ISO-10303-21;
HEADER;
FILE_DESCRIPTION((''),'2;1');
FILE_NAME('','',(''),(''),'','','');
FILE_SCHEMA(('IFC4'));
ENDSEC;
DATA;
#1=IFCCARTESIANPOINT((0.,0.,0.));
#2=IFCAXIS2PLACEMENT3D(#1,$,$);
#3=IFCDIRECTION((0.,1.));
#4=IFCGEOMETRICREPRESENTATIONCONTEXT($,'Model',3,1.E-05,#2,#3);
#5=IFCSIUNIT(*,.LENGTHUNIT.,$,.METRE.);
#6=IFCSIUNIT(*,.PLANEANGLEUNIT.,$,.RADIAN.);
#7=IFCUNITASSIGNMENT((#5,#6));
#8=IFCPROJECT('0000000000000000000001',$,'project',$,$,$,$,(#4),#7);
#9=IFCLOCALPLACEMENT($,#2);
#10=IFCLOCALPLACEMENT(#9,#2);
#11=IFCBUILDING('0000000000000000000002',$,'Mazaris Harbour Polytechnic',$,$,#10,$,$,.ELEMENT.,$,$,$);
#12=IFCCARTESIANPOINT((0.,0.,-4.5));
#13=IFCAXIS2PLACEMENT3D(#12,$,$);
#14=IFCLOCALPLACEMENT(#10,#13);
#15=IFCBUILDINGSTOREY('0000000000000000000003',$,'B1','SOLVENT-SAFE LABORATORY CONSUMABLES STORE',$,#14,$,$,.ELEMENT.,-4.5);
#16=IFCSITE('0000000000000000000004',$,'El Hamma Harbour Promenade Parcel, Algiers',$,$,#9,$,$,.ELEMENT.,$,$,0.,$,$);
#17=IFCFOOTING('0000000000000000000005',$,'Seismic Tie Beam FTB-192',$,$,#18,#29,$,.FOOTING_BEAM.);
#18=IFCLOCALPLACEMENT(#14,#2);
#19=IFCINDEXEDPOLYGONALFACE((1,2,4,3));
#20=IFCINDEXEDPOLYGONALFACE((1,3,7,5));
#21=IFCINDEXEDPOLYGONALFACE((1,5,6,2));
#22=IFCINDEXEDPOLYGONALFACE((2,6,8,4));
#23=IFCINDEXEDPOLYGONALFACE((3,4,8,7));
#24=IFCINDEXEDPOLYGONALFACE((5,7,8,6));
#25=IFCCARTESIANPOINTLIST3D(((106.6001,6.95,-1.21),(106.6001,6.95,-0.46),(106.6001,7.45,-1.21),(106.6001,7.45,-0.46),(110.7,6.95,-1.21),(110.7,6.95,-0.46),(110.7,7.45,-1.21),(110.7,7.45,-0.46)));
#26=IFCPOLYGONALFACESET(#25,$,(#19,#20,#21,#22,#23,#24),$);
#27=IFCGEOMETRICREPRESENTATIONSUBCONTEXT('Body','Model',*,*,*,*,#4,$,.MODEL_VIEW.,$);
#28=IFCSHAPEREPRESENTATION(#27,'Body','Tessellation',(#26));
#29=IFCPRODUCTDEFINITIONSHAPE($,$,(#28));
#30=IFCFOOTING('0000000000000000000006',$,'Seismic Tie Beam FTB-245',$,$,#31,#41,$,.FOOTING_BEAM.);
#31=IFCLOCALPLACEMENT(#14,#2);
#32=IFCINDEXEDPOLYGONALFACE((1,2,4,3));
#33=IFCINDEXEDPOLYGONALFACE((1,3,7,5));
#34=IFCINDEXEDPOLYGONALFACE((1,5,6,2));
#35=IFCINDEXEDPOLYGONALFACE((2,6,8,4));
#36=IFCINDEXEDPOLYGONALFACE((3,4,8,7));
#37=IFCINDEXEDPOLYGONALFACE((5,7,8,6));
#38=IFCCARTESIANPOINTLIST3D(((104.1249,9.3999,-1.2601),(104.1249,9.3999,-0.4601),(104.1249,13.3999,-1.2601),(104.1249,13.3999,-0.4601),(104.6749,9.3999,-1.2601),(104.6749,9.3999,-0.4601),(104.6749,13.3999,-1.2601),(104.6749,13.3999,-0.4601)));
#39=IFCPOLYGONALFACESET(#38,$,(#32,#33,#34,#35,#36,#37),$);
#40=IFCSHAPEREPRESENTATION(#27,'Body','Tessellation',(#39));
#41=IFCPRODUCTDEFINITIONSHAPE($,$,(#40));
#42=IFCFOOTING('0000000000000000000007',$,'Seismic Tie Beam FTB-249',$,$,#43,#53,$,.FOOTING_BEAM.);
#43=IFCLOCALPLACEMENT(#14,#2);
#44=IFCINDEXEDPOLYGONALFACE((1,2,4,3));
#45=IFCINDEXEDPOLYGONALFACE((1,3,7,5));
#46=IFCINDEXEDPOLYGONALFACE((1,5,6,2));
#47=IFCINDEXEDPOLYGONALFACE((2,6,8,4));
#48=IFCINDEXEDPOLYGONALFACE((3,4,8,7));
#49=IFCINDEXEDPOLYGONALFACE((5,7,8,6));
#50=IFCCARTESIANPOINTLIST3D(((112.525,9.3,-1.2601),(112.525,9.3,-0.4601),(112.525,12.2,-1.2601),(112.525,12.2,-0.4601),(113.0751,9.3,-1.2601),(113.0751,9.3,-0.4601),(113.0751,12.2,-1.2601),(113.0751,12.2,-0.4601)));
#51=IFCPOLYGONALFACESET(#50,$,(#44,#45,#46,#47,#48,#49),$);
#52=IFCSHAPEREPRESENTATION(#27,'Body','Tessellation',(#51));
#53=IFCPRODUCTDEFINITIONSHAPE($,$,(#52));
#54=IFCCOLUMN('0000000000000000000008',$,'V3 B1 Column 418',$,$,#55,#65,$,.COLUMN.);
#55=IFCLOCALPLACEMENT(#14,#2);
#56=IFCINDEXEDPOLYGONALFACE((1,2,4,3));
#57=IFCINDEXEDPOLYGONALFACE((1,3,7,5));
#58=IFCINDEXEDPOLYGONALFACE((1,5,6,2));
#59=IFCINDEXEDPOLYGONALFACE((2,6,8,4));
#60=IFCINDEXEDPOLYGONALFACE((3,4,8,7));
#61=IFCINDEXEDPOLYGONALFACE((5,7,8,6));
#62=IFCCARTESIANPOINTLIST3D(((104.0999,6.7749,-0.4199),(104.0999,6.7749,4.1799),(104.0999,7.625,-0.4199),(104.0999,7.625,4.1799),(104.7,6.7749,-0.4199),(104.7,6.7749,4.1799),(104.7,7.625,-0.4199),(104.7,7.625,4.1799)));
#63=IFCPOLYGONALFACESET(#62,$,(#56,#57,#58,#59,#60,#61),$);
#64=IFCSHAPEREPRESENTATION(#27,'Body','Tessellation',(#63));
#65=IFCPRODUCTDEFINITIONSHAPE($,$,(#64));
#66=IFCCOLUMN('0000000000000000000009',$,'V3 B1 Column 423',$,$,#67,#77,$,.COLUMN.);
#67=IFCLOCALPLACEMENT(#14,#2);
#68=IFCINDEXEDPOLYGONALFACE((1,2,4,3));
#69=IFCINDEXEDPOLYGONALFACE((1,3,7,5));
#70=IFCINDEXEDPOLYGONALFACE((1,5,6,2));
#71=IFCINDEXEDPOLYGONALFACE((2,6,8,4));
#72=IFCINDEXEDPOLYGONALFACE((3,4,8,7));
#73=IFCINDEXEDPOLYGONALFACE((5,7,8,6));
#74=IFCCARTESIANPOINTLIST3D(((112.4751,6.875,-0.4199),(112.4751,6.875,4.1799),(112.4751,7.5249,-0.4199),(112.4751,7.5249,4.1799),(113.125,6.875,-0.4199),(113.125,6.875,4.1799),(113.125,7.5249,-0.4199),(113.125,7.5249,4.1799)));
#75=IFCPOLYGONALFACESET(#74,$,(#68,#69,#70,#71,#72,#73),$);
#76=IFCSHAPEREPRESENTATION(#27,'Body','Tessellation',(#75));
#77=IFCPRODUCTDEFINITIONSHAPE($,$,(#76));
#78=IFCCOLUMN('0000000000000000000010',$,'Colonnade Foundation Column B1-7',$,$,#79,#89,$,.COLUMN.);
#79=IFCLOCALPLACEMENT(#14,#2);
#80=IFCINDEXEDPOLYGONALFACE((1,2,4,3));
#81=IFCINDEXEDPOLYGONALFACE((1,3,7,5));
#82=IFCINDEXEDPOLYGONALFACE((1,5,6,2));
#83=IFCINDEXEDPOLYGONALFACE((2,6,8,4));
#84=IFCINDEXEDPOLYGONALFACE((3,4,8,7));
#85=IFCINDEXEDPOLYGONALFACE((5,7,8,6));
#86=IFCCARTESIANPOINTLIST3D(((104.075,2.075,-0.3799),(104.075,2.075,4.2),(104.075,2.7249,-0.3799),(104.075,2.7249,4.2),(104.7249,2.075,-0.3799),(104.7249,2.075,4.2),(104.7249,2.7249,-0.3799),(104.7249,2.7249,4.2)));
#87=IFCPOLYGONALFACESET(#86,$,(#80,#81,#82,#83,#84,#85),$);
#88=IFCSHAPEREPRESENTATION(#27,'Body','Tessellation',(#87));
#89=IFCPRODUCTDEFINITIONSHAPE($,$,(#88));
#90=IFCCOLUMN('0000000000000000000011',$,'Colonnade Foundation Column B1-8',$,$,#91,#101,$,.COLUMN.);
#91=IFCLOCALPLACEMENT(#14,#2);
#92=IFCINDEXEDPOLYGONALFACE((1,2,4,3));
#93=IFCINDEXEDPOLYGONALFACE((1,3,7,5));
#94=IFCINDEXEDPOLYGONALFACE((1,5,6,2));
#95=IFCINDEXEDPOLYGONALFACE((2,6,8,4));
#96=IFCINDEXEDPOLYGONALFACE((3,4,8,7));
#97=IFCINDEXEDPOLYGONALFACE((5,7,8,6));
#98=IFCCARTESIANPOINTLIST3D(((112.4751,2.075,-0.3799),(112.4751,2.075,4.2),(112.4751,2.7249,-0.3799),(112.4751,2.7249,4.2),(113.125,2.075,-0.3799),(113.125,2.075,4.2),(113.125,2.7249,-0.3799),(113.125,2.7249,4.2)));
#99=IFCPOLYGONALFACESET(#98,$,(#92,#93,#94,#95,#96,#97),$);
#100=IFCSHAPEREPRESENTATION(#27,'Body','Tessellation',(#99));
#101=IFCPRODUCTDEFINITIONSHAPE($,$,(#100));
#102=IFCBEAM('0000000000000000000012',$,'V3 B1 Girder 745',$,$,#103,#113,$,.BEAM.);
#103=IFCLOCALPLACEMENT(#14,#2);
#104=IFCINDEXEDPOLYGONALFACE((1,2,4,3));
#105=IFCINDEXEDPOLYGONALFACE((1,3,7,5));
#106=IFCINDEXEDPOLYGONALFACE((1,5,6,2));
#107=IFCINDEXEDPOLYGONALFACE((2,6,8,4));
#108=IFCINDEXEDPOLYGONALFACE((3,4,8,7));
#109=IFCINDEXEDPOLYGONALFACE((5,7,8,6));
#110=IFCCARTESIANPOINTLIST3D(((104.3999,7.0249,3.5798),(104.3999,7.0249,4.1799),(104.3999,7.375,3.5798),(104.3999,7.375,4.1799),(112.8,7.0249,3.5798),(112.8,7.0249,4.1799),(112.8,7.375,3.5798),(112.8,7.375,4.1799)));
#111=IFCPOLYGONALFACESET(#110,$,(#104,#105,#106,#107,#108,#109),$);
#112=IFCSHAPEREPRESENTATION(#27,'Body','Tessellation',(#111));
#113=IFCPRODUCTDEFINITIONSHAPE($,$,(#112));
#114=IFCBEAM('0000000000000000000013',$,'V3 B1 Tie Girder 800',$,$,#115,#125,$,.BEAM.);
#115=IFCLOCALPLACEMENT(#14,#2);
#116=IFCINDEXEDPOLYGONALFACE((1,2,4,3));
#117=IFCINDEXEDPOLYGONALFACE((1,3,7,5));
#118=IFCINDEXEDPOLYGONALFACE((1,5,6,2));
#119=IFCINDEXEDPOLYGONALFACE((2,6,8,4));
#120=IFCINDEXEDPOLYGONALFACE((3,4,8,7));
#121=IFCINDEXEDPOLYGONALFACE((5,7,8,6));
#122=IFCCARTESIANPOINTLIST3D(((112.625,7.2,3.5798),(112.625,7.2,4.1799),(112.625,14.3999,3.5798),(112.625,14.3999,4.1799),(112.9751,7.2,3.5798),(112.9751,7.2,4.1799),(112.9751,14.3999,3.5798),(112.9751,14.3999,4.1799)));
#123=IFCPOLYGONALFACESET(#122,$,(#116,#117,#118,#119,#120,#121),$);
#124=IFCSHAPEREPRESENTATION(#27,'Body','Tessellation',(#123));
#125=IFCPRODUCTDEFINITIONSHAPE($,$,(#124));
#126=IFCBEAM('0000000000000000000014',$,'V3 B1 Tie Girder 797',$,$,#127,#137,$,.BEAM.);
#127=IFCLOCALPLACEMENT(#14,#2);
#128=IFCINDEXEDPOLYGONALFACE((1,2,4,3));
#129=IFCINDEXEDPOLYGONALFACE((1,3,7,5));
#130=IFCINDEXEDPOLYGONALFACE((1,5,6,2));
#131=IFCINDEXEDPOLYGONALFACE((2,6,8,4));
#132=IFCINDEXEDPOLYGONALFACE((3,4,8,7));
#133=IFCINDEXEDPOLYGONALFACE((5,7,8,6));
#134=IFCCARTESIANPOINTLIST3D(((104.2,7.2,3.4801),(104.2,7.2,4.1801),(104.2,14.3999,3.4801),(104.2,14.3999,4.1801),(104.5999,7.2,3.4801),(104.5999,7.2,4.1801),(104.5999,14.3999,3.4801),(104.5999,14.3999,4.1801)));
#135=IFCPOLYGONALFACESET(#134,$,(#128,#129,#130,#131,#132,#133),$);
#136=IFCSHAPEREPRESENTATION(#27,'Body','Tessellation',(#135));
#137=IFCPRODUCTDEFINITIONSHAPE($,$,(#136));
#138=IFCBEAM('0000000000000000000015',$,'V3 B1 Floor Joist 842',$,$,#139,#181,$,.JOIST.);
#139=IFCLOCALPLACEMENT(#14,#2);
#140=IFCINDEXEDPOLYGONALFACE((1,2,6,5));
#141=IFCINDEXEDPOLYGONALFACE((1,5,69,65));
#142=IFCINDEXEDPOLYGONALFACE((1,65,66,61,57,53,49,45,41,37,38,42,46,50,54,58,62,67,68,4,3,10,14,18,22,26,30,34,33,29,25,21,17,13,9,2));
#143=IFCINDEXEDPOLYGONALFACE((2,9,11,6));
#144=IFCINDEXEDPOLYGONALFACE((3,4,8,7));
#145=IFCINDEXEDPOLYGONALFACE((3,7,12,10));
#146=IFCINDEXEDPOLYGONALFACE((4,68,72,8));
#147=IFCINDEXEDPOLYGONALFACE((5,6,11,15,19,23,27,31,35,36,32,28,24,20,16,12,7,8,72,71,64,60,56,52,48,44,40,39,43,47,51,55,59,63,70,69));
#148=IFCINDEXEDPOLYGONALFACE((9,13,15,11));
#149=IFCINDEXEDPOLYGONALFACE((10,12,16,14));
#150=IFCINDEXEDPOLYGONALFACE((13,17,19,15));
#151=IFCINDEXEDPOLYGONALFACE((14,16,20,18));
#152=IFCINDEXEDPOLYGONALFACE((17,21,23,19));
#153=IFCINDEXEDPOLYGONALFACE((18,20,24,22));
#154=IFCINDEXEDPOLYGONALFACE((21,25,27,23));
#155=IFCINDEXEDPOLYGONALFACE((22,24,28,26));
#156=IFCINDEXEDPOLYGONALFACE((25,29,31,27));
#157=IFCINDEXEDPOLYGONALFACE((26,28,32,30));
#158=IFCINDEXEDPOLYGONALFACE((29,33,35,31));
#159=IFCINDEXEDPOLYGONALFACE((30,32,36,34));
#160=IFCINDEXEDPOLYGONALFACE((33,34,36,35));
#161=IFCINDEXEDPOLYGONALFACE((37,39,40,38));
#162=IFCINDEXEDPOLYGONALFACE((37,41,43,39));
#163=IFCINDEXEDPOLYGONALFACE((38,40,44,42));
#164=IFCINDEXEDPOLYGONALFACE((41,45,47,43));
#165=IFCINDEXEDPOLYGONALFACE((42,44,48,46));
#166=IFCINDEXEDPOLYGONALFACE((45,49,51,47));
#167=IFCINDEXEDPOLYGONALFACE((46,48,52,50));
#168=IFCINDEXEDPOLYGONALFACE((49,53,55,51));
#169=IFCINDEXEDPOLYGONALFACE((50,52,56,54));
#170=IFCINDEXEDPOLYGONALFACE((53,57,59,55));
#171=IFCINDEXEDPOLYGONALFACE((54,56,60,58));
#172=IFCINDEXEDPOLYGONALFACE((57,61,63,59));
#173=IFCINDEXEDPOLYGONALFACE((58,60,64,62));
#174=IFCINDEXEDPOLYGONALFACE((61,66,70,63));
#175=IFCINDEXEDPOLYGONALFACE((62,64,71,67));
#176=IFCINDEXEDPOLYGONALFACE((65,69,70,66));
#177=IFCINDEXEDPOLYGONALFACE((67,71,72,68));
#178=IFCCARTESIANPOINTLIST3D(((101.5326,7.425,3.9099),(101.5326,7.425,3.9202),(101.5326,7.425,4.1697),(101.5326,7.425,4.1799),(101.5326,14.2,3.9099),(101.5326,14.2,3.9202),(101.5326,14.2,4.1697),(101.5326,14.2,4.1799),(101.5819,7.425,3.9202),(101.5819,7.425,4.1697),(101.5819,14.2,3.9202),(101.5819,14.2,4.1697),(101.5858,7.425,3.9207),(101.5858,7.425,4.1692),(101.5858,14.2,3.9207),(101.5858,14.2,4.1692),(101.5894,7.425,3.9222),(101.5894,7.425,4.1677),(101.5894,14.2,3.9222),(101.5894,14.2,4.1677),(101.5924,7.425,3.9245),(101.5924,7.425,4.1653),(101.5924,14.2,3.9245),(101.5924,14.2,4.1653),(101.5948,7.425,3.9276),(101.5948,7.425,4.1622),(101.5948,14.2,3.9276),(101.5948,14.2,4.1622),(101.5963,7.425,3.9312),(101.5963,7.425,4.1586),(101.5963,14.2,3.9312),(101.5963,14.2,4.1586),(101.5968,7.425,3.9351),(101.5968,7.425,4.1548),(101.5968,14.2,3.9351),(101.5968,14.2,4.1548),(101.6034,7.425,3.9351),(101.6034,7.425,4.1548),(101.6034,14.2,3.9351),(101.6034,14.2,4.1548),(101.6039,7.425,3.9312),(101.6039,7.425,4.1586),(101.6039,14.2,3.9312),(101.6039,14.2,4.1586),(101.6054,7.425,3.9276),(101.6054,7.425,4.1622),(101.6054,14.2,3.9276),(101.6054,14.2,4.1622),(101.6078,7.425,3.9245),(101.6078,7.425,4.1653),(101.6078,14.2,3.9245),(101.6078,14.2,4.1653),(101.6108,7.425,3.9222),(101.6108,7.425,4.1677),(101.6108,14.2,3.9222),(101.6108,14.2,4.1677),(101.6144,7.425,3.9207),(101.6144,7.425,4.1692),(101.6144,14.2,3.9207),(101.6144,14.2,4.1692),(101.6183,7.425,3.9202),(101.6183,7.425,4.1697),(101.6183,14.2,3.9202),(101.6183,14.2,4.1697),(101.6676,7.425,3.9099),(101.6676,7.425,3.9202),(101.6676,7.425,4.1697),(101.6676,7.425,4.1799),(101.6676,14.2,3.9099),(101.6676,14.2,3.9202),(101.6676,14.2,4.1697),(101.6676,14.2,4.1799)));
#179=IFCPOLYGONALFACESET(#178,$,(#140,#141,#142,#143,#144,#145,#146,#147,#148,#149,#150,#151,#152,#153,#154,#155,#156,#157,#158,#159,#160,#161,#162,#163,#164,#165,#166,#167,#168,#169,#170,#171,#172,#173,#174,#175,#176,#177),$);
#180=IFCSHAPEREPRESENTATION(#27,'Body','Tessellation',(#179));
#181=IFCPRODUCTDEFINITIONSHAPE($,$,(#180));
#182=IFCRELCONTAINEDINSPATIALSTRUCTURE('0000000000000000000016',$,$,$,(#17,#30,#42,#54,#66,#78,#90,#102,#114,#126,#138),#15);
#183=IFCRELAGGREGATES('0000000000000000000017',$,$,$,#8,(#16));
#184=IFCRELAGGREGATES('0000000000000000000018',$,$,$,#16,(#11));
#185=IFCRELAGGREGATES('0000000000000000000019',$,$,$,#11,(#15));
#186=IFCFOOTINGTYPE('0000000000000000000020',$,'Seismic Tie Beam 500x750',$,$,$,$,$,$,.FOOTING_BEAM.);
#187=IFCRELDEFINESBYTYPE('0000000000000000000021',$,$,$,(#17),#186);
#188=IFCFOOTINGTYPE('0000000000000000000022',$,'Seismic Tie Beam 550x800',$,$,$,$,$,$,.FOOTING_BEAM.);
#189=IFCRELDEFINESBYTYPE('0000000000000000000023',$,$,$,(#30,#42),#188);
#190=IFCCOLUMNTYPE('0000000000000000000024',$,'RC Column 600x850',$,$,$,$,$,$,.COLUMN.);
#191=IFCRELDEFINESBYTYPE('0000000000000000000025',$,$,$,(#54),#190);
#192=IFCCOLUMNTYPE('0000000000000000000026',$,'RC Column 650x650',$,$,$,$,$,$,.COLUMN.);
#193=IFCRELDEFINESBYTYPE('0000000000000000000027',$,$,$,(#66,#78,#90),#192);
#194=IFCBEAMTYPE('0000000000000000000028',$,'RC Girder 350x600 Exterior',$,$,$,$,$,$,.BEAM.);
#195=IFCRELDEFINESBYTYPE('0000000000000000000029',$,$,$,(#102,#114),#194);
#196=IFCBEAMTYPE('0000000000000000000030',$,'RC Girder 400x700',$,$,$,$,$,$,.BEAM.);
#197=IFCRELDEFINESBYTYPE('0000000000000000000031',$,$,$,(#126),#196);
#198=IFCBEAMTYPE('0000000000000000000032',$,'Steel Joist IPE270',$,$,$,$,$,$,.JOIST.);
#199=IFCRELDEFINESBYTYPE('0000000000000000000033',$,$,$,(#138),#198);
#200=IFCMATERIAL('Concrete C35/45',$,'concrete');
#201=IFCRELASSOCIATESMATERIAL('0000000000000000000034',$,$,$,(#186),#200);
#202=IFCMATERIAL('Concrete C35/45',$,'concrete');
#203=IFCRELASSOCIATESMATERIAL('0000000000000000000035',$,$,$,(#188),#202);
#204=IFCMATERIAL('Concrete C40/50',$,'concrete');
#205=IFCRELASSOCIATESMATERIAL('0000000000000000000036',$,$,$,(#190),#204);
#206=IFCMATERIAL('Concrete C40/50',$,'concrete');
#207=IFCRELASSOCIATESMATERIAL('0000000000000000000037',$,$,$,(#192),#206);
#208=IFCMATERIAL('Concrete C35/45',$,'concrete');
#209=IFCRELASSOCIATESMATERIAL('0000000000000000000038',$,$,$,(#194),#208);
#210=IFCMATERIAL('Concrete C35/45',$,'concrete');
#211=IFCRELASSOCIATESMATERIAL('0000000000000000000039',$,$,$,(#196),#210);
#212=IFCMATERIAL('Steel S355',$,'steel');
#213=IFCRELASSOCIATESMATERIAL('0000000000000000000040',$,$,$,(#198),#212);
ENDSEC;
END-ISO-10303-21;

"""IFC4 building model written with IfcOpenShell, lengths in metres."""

from ifc_helpers import new_model, si_unit, direction, frame, origin, origin_2d, place, context, subcontext, project, spatial, rectangle, i_section, extrude, material, material_profile, profile_set, type_object, element, save


model = new_model("IFC4")

# Units and contexts
model_context = context("Model", 3, precision=1e-05, world=origin(), true_north=direction((0.0, 1.0)))
body_context = subcontext(model_context, "Body", "Model", "MODEL_VIEW")
ifc_project = project(units=[si_unit("LENGTHUNIT", "METRE"), si_unit("PLANEANGLEUNIT", "RADIAN")], contexts=[model_context])

# Site, building, storey
site_placement = place(None, origin())
site = spatial("IfcSite", under=ifc_project, at=site_placement, Name="El Hamma Harbour Promenade Parcel, Algiers", CompositionType="ELEMENT", RefElevation=0.0)
building_placement = place(site_placement, origin())
building = spatial("IfcBuilding", under=site, at=building_placement, Name="Mazaris Harbour Polytechnic", CompositionType="ELEMENT")
storey_placement = place(building_placement, frame((0.0, 0.0, -4.5)))
storey = spatial("IfcBuildingStorey", under=building, at=storey_placement, Name="B1", Description="SOLVENT-SAFE LABORATORY CONSUMABLES STORE", CompositionType="ELEMENT", Elevation=-4.5)

# Footings
ifc_material_1 = material(Name="Concrete C35/45", Category="concrete")
ifc_material_profile_1 = material_profile(ifc_material_1, rectangle(XDim=0.5, YDim=0.75, at=origin_2d()), Name="RECT500x750")
ifc_profile_set_1 = profile_set([ifc_material_profile_1], Name="Concrete C35/45")
footing_type_1 = type_object("IfcFootingType", Name="Seismic Tie Beam 500x750", PredefinedType="FOOTING_BEAM", material=ifc_profile_set_1)
footing_1_placement = place(storey_placement, frame((106.6001, 7.2, -0.835), z_axis=(1.0, 0.0, 0.0), x_axis=(0.0, 1.0, 0.0)))
element("IfcFooting", 1, at=footing_1_placement, inside=storey, type_object=footing_type_1, Name="Seismic Tie Beam FTB-192", PredefinedType="FOOTING_BEAM", context=body_context, shape_type="SweptSolid", body=[
    extrude(rectangle(XDim=0.5, YDim=0.75, at=origin_2d()), origin(), (0.0, 0.0, 1.0), 4.0999),
])
ifc_material_2 = material(Name="Concrete C35/45", Category="concrete")
ifc_material_profile_2 = material_profile(ifc_material_2, rectangle(XDim=0.55, YDim=0.8, at=origin_2d()), Name="RECT550x800")
ifc_profile_set_2 = profile_set([ifc_material_profile_2], Name="Concrete C35/45")
footing_type_2 = type_object("IfcFootingType", Name="Seismic Tie Beam 550x800", PredefinedType="FOOTING_BEAM", material=ifc_profile_set_2)
footing_2_placement = place(storey_placement, frame((104.3999, 9.3999, -0.8601), z_axis=(0.0, 1.0, 0.0), x_axis=(-1.0, 0.0, 0.0)))
element("IfcFooting", 2, at=footing_2_placement, inside=storey, type_object=footing_type_2, Name="Seismic Tie Beam FTB-245", PredefinedType="FOOTING_BEAM", context=body_context, shape_type="SweptSolid", body=[
    extrude(rectangle(XDim=0.55, YDim=0.8, at=origin_2d()), origin(), (0.0, 0.0, 1.0), 4.0),
])
footing_3_placement = place(storey_placement, frame((112.8, 9.3, -0.8601), z_axis=(0.0, 1.0, 0.0), x_axis=(-1.0, 0.0, 0.0)))
element("IfcFooting", 3, at=footing_3_placement, inside=storey, type_object=footing_type_2, Name="Seismic Tie Beam FTB-249", PredefinedType="FOOTING_BEAM", context=body_context, shape_type="SweptSolid", body=[
    extrude(rectangle(XDim=0.55, YDim=0.8, at=origin_2d()), origin(), (0.0, 0.0, 1.0), 2.8999),
])

# Columns
ifc_material_3 = material(Name="Concrete C40/50", Category="concrete")
ifc_material_profile_3 = material_profile(ifc_material_3, rectangle(XDim=0.6001, YDim=0.8501, at=origin_2d()), Name="RECT600x850")
ifc_profile_set_3 = profile_set([ifc_material_profile_3], Name="Concrete C40/50")
column_type_1 = type_object("IfcColumnType", Name="RC Column 600x850", PredefinedType="COLUMN", material=ifc_profile_set_3)
column_1_placement = place(storey_placement, frame((104.3999, 7.2, -0.4199), z_axis=(0.0, 0.0, 1.0), x_axis=(1.0, 0.0, 0.0)))
element("IfcColumn", 4, at=column_1_placement, inside=storey, type_object=column_type_1, Name="V3 B1 Column 418", PredefinedType="COLUMN", context=body_context, shape_type="SweptSolid", body=[
    extrude(rectangle(XDim=0.6001, YDim=0.8501, at=origin_2d()), origin(), (0.0, 0.0, 1.0), 4.5999),
])
ifc_material_4 = material(Name="Concrete C40/50", Category="concrete")
ifc_material_profile_4 = material_profile(ifc_material_4, rectangle(XDim=0.6499, YDim=0.6499, at=origin_2d()), Name="RECT650x650")
ifc_profile_set_4 = profile_set([ifc_material_profile_4], Name="Concrete C40/50")
column_type_2 = type_object("IfcColumnType", Name="RC Column 650x650", PredefinedType="COLUMN", material=ifc_profile_set_4)
column_2_placement = place(storey_placement, frame((112.8, 7.2, -0.4199), z_axis=(0.0, 0.0, 1.0), x_axis=(1.0, 0.0, 0.0)))
element("IfcColumn", 5, at=column_2_placement, inside=storey, type_object=column_type_2, Name="V3 B1 Column 423", PredefinedType="COLUMN", context=body_context, shape_type="SweptSolid", body=[
    extrude(rectangle(XDim=0.6499, YDim=0.6499, at=origin_2d()), origin(), (0.0, 0.0, 1.0), 4.5999),
])
for number, where, z_axis, x_axis, name in (
    (6, (104.3999, 2.3999, -0.3799), (0.0, 0.0, 1.0), (1.0, 0.0, 0.0), "Colonnade Foundation Column B1-7"),
    (7, (112.8, 2.3999, -0.3799), (0.0, 0.0, 1.0), (1.0, 0.0, 0.0), "Colonnade Foundation Column B1-8"),
):
    element("IfcColumn", number, at=place(storey_placement, frame(where, z_axis=z_axis, x_axis=x_axis)), inside=storey, type_object=column_type_2, Name=name, PredefinedType="COLUMN", context=body_context, shape_type="SweptSolid", body=[
        extrude(rectangle(XDim=0.6499, YDim=0.6499, at=origin_2d()), origin(), (0.0, 0.0, 1.0), 4.5798),
    ])

# Beams
ifc_material_5 = material(Name="Concrete C35/45", Category="concrete")
ifc_material_profile_5 = material_profile(ifc_material_5, rectangle(XDim=0.3501, YDim=0.6001, at=origin_2d()), Name="RECT350x600")
ifc_profile_set_5 = profile_set([ifc_material_profile_5], Name="Concrete C35/45")
beam_type_1 = type_object("IfcBeamType", Name="RC Girder 350x600 Exterior", PredefinedType="BEAM", material=ifc_profile_set_5)
beam_1_placement = place(storey_placement, frame((104.3999, 7.2, 3.8799), z_axis=(1.0, 0.0, 0.0), x_axis=(0.0, 1.0, 0.0)))
element("IfcBeam", 8, at=beam_1_placement, inside=storey, type_object=beam_type_1, Name="V3 B1 Girder 745", PredefinedType="BEAM", context=body_context, shape_type="SweptSolid", body=[
    extrude(rectangle(XDim=0.3501, YDim=0.6001, at=origin_2d()), origin(), (0.0, 0.0, 1.0), 8.4001),
])
beam_2_placement = place(storey_placement, frame((112.8, 7.2, 3.8799), z_axis=(0.0, 1.0, 0.0), x_axis=(-1.0, 0.0, 0.0)))
element("IfcBeam", 9, at=beam_2_placement, inside=storey, type_object=beam_type_1, Name="V3 B1 Tie Girder 800", PredefinedType="BEAM", context=body_context, shape_type="SweptSolid", body=[
    extrude(rectangle(XDim=0.3501, YDim=0.6001, at=origin_2d()), origin(), (0.0, 0.0, 1.0), 7.2),
])
ifc_material_6 = material(Name="Concrete C35/45", Category="concrete")
ifc_material_profile_6 = material_profile(ifc_material_6, rectangle(XDim=0.3999, YDim=0.7, at=origin_2d()), Name="RECT400x700")
ifc_profile_set_6 = profile_set([ifc_material_profile_6], Name="Concrete C35/45")
beam_type_2 = type_object("IfcBeamType", Name="RC Girder 400x700", PredefinedType="BEAM", material=ifc_profile_set_6)
beam_3_placement = place(storey_placement, frame((104.3999, 7.2, 3.8301), z_axis=(0.0, 1.0, 0.0), x_axis=(-1.0, 0.0, 0.0)))
element("IfcBeam", 10, at=beam_3_placement, inside=storey, type_object=beam_type_2, Name="V3 B1 Tie Girder 797", PredefinedType="BEAM", context=body_context, shape_type="SweptSolid", body=[
    extrude(rectangle(XDim=0.3999, YDim=0.7, at=origin_2d()), origin(), (0.0, 0.0, 1.0), 7.2),
])
ifc_material_7 = material(Name="Steel S355", Category="steel")
ifc_material_profile_7 = material_profile(ifc_material_7, i_section(OverallWidth=0.135, OverallDepth=0.27, WebThickness=0.0066, FlangeThickness=0.0103, FilletRadius=0.0149, at=origin_2d()), Name="IPE 270")
ifc_profile_set_7 = profile_set([ifc_material_profile_7], Name="Steel S355")
beam_type_3 = type_object("IfcBeamType", Name="Steel Joist IPE270", PredefinedType="JOIST", material=ifc_profile_set_7)
beam_4_placement = place(storey_placement, frame((101.6001, 7.425, 4.0449), z_axis=(0.0, 1.0, 0.0), x_axis=(-1.0, 0.0, 0.0)))
element("IfcBeam", 11, at=beam_4_placement, inside=storey, type_object=beam_type_3, Name="V3 B1 Floor Joist 842", PredefinedType="JOIST", context=body_context, shape_type="SweptSolid", body=[
    extrude(i_section(OverallWidth=0.135, OverallDepth=0.27, WebThickness=0.0066, FlangeThickness=0.0103, FilletRadius=0.0149, at=origin_2d()), origin(), (0.0, 0.0, 1.0), 6.7749),
])

save(model, "model.ifc")
